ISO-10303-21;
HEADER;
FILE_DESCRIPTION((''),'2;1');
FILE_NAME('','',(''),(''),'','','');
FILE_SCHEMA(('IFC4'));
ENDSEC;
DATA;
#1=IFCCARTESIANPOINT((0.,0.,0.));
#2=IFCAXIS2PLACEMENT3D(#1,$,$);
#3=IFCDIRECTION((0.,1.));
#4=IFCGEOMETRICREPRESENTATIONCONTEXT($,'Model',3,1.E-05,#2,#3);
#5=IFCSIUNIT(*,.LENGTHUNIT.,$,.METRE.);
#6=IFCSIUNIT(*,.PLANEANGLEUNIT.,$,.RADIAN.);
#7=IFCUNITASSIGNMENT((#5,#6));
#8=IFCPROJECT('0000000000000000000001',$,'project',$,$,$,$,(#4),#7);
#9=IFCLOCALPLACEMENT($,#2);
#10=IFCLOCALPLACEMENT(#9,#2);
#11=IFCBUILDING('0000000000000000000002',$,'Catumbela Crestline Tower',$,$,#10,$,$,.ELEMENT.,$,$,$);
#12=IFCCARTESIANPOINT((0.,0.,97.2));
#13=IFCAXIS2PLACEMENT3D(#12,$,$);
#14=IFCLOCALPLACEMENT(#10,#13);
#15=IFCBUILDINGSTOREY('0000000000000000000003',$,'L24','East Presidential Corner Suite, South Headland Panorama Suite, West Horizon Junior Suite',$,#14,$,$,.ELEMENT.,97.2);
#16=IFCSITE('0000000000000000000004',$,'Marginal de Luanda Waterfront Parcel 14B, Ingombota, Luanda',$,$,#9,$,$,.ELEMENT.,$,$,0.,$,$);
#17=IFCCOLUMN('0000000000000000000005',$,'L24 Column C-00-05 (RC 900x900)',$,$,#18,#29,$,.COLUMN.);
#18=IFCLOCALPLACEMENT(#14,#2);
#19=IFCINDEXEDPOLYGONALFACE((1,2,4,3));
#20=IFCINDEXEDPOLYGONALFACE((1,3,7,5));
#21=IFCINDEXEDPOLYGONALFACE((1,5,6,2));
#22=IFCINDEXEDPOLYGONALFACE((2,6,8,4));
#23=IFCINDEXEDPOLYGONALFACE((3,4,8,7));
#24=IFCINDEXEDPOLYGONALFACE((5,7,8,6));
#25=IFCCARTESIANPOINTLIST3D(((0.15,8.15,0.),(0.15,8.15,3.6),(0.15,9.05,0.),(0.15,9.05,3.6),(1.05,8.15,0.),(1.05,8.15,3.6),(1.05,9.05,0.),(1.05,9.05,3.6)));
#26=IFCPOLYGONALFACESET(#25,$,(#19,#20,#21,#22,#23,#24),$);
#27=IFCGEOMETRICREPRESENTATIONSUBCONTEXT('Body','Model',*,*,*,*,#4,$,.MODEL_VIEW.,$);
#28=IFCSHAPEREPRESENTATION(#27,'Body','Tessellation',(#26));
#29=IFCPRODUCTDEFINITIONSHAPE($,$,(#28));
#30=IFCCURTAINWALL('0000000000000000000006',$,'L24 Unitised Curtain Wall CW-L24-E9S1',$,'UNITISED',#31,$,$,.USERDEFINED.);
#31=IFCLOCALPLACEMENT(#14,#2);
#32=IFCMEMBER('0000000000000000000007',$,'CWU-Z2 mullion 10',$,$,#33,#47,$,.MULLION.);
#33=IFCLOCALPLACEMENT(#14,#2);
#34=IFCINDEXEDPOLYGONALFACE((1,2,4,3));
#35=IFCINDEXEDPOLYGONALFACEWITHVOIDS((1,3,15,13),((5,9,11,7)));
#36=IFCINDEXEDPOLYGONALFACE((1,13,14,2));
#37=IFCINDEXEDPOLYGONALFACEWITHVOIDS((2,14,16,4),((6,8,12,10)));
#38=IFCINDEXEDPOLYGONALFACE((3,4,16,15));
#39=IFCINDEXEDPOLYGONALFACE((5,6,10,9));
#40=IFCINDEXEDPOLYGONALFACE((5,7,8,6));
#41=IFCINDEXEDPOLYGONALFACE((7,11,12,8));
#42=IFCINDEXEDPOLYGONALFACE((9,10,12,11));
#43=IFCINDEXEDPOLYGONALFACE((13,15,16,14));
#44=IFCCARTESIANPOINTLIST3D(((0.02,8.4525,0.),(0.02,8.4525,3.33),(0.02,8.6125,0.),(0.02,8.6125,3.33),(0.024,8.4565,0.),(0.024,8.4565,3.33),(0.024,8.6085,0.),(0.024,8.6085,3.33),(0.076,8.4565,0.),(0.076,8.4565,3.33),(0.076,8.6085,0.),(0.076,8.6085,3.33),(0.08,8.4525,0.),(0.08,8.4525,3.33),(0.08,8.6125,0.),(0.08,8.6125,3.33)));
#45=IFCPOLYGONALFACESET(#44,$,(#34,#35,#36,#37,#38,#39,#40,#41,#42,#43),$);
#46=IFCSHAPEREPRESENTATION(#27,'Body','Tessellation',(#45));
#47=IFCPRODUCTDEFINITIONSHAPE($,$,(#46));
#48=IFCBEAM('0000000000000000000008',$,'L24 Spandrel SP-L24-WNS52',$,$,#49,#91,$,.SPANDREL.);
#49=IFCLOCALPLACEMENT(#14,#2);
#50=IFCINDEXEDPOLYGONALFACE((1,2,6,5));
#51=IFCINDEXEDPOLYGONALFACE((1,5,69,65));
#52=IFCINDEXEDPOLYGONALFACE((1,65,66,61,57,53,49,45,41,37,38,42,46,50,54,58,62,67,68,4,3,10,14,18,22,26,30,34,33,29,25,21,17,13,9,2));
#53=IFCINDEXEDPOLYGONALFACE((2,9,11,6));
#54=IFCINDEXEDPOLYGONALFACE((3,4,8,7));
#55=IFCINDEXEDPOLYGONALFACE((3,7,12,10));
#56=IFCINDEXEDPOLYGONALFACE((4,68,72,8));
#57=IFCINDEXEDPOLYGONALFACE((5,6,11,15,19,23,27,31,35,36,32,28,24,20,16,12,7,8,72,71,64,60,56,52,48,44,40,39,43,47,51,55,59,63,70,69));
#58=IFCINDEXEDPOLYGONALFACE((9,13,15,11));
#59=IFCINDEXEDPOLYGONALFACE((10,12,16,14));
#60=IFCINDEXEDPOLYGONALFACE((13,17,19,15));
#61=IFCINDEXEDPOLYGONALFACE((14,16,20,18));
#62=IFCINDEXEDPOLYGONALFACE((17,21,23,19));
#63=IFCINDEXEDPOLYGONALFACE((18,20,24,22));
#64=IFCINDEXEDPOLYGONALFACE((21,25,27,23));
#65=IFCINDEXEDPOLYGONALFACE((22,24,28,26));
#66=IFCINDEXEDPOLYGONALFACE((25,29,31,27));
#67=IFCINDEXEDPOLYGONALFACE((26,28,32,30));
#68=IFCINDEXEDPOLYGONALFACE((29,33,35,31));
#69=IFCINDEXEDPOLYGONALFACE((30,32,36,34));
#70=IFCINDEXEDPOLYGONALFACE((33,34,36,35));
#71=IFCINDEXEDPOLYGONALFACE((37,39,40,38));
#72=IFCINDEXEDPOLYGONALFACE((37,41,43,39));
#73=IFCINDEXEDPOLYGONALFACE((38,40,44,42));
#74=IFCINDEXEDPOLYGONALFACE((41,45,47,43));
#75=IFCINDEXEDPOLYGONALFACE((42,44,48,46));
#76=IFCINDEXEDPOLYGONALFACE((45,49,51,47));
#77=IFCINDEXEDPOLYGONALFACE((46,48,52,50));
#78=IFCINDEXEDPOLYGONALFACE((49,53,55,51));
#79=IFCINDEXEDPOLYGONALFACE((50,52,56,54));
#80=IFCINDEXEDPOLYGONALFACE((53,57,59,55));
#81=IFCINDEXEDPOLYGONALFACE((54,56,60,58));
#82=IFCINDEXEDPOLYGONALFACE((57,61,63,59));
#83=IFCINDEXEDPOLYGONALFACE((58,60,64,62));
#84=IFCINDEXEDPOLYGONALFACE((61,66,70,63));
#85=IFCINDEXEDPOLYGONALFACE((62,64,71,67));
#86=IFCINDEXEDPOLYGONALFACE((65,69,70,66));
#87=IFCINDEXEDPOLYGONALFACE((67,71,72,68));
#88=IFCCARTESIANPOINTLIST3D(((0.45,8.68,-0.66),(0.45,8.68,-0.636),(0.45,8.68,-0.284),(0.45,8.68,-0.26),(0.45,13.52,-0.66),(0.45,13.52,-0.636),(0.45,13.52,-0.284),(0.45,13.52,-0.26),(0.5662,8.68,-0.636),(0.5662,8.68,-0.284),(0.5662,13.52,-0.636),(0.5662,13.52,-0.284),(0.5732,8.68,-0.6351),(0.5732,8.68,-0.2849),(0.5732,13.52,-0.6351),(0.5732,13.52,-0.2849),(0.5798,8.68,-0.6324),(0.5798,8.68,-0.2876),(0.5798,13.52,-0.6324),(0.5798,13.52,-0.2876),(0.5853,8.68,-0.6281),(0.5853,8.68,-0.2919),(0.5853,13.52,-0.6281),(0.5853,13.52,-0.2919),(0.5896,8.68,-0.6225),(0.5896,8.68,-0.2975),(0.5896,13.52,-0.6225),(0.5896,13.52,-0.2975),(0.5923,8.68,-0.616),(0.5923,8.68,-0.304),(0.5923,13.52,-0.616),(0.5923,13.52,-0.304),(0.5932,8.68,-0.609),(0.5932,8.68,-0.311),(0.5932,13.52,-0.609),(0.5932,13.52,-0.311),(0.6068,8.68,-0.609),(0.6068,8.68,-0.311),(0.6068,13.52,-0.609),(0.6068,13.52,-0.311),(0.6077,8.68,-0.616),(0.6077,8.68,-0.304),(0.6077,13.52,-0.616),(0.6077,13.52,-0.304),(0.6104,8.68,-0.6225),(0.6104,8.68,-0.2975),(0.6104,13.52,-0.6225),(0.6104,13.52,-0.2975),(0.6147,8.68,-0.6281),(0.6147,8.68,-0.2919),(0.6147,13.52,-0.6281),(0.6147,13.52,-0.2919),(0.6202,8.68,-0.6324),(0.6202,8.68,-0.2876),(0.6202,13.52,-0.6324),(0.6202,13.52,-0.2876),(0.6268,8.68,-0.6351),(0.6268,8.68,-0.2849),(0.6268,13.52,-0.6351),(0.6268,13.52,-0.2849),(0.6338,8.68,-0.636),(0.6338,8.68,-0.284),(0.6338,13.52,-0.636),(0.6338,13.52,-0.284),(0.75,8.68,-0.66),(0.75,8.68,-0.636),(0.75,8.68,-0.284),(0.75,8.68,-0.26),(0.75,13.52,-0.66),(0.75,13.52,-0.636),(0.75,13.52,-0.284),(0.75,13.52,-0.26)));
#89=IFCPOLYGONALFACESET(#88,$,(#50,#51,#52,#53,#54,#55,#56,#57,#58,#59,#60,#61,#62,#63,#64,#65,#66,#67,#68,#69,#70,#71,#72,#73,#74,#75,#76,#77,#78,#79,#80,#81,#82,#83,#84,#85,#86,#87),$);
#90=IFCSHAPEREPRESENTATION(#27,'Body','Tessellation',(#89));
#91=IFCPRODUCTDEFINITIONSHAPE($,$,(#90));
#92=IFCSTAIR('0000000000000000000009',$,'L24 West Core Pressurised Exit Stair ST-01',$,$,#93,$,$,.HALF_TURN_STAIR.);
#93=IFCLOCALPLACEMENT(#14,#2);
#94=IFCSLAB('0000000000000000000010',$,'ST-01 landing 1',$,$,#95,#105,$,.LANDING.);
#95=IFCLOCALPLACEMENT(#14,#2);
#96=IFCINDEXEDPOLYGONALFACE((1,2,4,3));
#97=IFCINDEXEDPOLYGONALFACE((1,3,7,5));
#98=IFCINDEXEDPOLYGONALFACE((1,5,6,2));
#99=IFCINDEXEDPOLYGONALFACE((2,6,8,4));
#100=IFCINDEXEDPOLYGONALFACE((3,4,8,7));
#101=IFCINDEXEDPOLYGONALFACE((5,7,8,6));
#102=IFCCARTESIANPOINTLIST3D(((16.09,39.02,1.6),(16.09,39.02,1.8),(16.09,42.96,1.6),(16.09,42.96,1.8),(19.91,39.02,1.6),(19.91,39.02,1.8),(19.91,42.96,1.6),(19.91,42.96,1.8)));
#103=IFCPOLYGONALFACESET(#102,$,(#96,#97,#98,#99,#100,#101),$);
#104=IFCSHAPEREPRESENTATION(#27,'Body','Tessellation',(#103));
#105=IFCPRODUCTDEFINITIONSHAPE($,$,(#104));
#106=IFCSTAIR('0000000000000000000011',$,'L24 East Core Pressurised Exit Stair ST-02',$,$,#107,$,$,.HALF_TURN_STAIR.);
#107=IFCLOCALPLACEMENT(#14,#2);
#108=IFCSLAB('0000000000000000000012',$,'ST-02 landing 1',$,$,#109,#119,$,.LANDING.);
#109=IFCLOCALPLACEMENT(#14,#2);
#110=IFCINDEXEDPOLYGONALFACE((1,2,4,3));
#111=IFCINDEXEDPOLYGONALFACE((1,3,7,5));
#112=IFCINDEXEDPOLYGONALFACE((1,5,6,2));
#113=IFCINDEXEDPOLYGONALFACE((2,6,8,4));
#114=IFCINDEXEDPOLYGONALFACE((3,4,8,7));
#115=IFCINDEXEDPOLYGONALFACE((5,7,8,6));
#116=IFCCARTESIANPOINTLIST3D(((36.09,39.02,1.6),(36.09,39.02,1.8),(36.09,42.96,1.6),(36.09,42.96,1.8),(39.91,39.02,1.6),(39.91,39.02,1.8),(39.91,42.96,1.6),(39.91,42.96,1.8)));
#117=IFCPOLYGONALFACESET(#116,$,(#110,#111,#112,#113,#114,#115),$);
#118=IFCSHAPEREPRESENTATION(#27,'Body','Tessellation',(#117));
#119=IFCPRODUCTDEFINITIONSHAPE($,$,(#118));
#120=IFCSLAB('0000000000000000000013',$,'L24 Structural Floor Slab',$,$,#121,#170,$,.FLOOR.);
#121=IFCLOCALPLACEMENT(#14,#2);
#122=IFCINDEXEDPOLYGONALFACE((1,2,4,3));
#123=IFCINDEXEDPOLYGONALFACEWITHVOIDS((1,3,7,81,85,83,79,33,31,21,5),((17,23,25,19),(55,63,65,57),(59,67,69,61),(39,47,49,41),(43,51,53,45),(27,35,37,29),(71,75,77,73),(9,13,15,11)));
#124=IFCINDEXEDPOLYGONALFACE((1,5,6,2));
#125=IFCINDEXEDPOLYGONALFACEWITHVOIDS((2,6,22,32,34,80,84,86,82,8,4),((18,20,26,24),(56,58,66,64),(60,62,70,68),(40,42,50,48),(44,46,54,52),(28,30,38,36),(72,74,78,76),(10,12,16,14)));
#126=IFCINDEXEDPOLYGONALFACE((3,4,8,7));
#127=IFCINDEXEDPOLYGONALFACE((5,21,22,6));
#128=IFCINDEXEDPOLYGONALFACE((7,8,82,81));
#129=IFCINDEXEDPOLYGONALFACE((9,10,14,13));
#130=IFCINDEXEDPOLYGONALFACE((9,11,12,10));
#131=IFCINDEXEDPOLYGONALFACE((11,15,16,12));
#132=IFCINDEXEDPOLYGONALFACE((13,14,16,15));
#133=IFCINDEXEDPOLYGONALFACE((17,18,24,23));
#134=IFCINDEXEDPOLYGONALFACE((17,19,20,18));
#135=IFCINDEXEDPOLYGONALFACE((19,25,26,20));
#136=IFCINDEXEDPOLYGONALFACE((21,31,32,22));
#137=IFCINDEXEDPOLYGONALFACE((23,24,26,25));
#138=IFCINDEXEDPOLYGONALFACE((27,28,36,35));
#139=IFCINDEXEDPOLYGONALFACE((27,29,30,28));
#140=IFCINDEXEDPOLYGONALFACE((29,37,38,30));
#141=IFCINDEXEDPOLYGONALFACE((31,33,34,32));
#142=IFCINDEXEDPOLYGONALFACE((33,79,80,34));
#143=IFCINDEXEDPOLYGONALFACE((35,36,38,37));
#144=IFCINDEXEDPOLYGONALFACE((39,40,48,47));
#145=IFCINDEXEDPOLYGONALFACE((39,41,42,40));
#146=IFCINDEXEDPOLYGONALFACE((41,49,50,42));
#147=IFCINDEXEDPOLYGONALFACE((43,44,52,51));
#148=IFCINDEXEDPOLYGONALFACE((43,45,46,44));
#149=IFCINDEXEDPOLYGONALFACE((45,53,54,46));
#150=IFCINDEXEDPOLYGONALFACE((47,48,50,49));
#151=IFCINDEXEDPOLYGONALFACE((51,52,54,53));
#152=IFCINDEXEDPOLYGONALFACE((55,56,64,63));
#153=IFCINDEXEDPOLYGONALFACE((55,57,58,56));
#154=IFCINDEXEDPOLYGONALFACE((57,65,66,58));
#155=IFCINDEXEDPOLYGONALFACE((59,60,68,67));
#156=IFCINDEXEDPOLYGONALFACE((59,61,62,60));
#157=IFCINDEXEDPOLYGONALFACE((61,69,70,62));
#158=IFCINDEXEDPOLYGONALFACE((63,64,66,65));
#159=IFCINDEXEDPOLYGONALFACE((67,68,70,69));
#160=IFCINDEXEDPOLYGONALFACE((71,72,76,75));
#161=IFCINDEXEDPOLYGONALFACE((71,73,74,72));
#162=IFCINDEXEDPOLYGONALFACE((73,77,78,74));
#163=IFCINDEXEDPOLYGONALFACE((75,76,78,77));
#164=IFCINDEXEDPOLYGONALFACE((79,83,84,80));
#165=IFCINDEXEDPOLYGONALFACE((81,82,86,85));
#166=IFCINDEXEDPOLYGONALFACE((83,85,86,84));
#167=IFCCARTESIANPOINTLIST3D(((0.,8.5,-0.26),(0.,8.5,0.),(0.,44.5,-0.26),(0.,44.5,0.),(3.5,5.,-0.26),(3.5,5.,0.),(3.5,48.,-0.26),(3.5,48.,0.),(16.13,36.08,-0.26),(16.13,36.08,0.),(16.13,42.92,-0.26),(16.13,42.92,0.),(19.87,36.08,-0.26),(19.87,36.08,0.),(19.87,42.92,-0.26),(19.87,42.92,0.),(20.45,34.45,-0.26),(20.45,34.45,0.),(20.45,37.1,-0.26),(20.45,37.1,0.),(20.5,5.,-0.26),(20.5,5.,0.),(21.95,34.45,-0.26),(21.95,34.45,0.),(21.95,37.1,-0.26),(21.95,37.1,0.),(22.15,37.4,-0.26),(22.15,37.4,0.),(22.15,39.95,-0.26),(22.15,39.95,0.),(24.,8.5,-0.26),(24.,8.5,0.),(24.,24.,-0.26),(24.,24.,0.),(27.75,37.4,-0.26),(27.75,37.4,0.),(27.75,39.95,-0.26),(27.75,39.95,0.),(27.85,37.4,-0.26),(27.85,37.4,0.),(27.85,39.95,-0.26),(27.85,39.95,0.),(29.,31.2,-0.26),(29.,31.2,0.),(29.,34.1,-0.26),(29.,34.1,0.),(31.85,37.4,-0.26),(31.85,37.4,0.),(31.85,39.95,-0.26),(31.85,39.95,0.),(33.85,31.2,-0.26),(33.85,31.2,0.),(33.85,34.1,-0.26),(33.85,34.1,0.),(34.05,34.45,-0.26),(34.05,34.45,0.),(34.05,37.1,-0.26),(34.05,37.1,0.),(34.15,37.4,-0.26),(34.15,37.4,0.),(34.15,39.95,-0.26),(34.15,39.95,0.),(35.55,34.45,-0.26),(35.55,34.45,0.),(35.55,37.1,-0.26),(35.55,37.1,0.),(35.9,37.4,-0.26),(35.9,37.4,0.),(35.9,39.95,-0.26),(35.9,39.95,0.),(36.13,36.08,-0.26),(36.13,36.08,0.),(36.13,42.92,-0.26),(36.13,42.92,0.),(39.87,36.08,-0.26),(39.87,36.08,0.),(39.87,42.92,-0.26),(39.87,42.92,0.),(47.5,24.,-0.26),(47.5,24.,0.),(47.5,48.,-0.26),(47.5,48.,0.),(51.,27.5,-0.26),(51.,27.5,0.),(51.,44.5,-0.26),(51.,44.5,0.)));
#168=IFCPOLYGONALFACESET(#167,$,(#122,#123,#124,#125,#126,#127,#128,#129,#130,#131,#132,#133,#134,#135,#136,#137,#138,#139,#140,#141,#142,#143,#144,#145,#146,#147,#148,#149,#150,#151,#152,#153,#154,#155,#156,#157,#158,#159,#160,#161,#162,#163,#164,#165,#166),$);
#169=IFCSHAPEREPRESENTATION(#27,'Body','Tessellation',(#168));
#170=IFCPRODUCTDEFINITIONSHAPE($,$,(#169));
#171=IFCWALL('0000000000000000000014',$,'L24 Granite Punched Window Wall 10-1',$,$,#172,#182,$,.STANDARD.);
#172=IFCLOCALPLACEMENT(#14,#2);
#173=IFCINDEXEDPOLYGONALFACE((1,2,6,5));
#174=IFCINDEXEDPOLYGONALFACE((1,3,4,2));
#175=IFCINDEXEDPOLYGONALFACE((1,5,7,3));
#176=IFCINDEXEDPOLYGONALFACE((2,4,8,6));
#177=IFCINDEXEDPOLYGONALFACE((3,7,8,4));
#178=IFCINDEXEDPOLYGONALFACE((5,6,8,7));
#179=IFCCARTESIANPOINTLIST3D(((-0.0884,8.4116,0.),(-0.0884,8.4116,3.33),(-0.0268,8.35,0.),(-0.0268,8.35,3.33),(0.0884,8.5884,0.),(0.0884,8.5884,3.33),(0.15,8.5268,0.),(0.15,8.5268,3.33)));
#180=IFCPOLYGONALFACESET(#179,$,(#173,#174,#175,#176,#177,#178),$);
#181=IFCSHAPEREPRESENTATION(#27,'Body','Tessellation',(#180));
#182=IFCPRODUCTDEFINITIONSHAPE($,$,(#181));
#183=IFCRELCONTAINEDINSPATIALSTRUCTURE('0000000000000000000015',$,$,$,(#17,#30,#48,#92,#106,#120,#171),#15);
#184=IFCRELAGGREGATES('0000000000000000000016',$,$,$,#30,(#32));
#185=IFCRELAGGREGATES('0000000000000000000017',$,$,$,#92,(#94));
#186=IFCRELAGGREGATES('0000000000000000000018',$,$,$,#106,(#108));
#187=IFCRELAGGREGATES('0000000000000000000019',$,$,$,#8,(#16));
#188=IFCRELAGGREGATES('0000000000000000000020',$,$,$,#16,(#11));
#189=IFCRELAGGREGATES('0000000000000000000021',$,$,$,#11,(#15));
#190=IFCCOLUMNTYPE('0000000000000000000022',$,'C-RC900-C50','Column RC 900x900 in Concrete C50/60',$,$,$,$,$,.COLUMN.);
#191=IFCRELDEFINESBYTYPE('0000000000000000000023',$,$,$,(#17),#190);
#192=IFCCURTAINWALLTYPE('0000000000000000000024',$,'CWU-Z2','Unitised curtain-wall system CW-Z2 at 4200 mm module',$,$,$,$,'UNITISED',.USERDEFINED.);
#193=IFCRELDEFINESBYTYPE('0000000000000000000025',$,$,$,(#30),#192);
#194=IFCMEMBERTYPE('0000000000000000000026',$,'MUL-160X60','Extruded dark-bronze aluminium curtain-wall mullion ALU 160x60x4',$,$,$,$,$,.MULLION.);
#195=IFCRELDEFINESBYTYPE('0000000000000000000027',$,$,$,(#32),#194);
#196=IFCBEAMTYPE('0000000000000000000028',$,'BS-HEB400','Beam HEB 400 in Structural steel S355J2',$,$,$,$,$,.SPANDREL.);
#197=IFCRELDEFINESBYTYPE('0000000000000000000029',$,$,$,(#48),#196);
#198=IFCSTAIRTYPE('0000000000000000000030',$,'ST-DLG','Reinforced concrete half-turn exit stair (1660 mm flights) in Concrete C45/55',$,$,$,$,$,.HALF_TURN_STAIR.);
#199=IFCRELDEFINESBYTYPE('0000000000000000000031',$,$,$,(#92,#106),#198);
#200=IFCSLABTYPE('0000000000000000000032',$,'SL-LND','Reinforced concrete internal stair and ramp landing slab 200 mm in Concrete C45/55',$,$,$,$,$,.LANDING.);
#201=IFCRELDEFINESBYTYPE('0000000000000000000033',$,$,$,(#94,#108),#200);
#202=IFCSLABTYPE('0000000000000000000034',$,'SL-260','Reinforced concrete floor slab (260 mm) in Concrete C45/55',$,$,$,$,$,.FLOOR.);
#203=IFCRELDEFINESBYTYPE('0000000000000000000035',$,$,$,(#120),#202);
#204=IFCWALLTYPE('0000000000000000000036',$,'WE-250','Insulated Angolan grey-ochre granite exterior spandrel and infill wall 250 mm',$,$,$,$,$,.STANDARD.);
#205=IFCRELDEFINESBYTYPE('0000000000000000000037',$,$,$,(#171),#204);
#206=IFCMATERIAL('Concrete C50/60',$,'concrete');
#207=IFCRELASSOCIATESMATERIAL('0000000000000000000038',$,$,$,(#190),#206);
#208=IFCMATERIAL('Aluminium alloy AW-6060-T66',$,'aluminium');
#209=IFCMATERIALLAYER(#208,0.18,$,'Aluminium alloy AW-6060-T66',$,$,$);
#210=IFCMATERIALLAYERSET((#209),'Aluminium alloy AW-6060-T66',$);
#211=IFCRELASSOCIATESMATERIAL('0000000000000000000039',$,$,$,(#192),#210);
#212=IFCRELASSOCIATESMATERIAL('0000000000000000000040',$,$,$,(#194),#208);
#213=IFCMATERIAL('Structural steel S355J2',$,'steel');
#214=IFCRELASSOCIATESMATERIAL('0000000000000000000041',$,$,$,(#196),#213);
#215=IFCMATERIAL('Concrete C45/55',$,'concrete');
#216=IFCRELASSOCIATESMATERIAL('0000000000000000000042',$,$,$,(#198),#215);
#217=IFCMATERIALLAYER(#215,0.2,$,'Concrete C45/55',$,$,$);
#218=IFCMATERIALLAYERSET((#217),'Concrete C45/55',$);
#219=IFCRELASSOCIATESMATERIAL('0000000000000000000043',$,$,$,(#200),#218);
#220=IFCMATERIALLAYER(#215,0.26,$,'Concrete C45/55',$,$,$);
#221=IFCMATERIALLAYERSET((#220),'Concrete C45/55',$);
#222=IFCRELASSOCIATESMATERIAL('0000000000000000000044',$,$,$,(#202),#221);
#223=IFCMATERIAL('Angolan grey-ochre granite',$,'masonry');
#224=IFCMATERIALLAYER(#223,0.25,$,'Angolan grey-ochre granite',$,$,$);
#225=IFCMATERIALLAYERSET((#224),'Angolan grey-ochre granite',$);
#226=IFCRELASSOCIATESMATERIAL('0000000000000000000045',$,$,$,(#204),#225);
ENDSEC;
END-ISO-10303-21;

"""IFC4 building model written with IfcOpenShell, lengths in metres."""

from ifc_helpers import new_model, si_unit, direction, frame, frame_2d, origin, origin_2d, place, context, subcontext, project, spatial, polyline, rectangle, hollow_rectangle, i_section, outline, extrude, material, layer, layer_set, material_profile, profile_set, type_object, element, aggregate, save


model = new_model("IFC4")

# Units and contexts
model_context = context("Model", 3, precision=1e-05, world=origin(), true_north=direction((0.0, 1.0)))
body_context = subcontext(model_context, "Body", "Model", "MODEL_VIEW")
ifc_project = project(units=[si_unit("LENGTHUNIT", "METRE"), si_unit("PLANEANGLEUNIT", "RADIAN")], contexts=[model_context])

# Site, building, storey
site_placement = place(None, origin())
site = spatial("IfcSite", under=ifc_project, at=site_placement, Name="Marginal de Luanda Waterfront Parcel 14B, Ingombota, Luanda", CompositionType="ELEMENT", RefElevation=0.0)
building_placement = place(site_placement, origin())
building = spatial("IfcBuilding", under=site, at=building_placement, Name="Catumbela Crestline Tower", CompositionType="ELEMENT")
storey_placement = place(building_placement, frame((0.0, 0.0, 97.2)))
storey = spatial("IfcBuildingStorey", under=building, at=storey_placement, Name="L24", Description="East Presidential Corner Suite, South Headland Panorama Suite, West Horizon Junior Suite", CompositionType="ELEMENT", Elevation=97.2)

# Column
ifc_material_1 = material(Name="Concrete C50/60", Category="concrete")
ifc_material_profile_1 = material_profile(ifc_material_1, rectangle(XDim=0.9, YDim=0.9, at=origin_2d()), Name="RC 900x900")
ifc_profile_set_1 = profile_set([ifc_material_profile_1], Name="Concrete C50/60")
column_type = type_object("IfcColumnType", Name="C-RC900-C50", Description="Column RC 900x900 in Concrete C50/60", PredefinedType="COLUMN", material=ifc_profile_set_1)
column_placement = place(storey_placement, frame((0.6, 8.6, 0.0), z_axis=(0.0, 0.0, 1.0), x_axis=(1.0, 0.0, 0.0)))
element("IfcColumn", 1, at=column_placement, inside=storey, type_object=column_type, Name="L24 Column C-00-05 (RC 900x900)", PredefinedType="COLUMN", context=body_context, shape_type="SweptSolid", body=[
    extrude(rectangle(XDim=0.9, YDim=0.9, at=origin_2d()), origin(), (0.0, 0.0, 1.0), 3.6),
])

# Curtain wall, member
ifc_material_2 = material(Name="Aluminium alloy AW-6060-T66", Category="aluminium")
ifc_layer_1 = layer(ifc_material_2, 0.18, Name="Aluminium alloy AW-6060-T66")
ifc_layer_set_1 = layer_set([ifc_layer_1], Name="Aluminium alloy AW-6060-T66")
curtain_wall_type = type_object("IfcCurtainWallType", Name="CWU-Z2", Description="Unitised curtain-wall system CW-Z2 at 4200 mm module", ElementType="UNITISED", PredefinedType="USERDEFINED", material=ifc_layer_set_1)
curtain_wall_placement = place(storey_placement, origin())
curtain_wall = element("IfcCurtainWall", 2, at=curtain_wall_placement, inside=storey, type_object=curtain_wall_type, Name="L24 Unitised Curtain Wall CW-L24-E9S1", ObjectType="UNITISED", PredefinedType="USERDEFINED")
ifc_material_profile_2 = material_profile(ifc_material_2, hollow_rectangle(XDim=0.06, YDim=0.16, WallThickness=0.004, at=origin_2d()), Name="ALU 160x60x4")
ifc_profile_set_2 = profile_set([ifc_material_profile_2], Name="Aluminium alloy AW-6060-T66")
member_type = type_object("IfcMemberType", Name="MUL-160X60", Description="Extruded dark-bronze aluminium curtain-wall mullion ALU 160x60x4", PredefinedType="MULLION", material=ifc_profile_set_2)
member_placement = place(storey_placement, frame((0.05, 8.5325, 0.0), z_axis=(0.0, 0.0, 1.0), x_axis=(1.0, 0.0, 0.0)))
member = element("IfcMember", 3, at=member_placement, type_object=member_type, Name="CWU-Z2 mullion 10", PredefinedType="MULLION", context=body_context, shape_type="SweptSolid", body=[
    extrude(hollow_rectangle(XDim=0.06, YDim=0.16, WallThickness=0.004, at=origin_2d()), origin(), (0.0, 0.0, 1.0), 3.33),
])
aggregate(curtain_wall, [member])

# Beam
ifc_material_3 = material(Name="Structural steel S355J2", Category="steel")
ifc_material_profile_3 = material_profile(ifc_material_3, i_section(OverallWidth=0.3, OverallDepth=0.4, WebThickness=0.0135, FlangeThickness=0.024, FilletRadius=0.027, at=origin_2d()), Name="HEB 400")
ifc_profile_set_3 = profile_set([ifc_material_profile_3], Name="Structural steel S355J2")
beam_type = type_object("IfcBeamType", Name="BS-HEB400", Description="Beam HEB 400 in Structural steel S355J2", PredefinedType="SPANDREL", material=ifc_profile_set_3)
beam_placement = place(storey_placement, frame((0.6, 8.68, -0.46), z_axis=(0.0, 1.0, 0.0), x_axis=(-1.0, 0.0, 0.0)))
element("IfcBeam", 4, at=beam_placement, inside=storey, type_object=beam_type, Name="L24 Spandrel SP-L24-WNS52", PredefinedType="SPANDREL", context=body_context, shape_type="SweptSolid", body=[
    extrude(i_section(OverallWidth=0.3, OverallDepth=0.4, WebThickness=0.0135, FlangeThickness=0.024, FilletRadius=0.027, at=origin_2d()), origin(), (0.0, 0.0, 1.0), 4.84),
])

# Stairs, slabs
ifc_material_4 = material(Name="Concrete C45/55", Category="concrete")
stair_type = type_object("IfcStairType", Name="ST-DLG", Description="Reinforced concrete half-turn exit stair (1660 mm flights) in Concrete C45/55", PredefinedType="HALF_TURN_STAIR", material=ifc_material_4)
stair_1_placement = place(storey_placement, origin())
stair_1 = element("IfcStair", 5, at=stair_1_placement, inside=storey, type_object=stair_type, Name="L24 West Core Pressurised Exit Stair ST-01", PredefinedType="HALF_TURN_STAIR")
ifc_layer_2 = layer(ifc_material_4, 0.2, Name="Concrete C45/55")
ifc_layer_set_2 = layer_set([ifc_layer_2], Name="Concrete C45/55")
slab_type_1 = type_object("IfcSlabType", Name="SL-LND", Description="Reinforced concrete internal stair and ramp landing slab 200 mm in Concrete C45/55", PredefinedType="LANDING", material=ifc_layer_set_2)
slab_1_placement = place(storey_placement, frame((0.0, 0.0, 1.6)))
slab_1 = element("IfcSlab", 6, at=slab_1_placement, type_object=slab_type_1, Name="ST-01 landing 1", PredefinedType="LANDING", context=body_context, shape_type="SweptSolid", body=[
    extrude(outline(polyline([(19.91, 39.02), (19.91, 42.96), (16.09, 42.96), (16.09, 39.02), (19.91, 39.02)])), origin(), (0.0, 0.0, 1.0), 0.2),
])
aggregate(stair_1, [slab_1])
stair_2_placement = place(storey_placement, origin())
stair_2 = element("IfcStair", 7, at=stair_2_placement, inside=storey, type_object=stair_type, Name="L24 East Core Pressurised Exit Stair ST-02", PredefinedType="HALF_TURN_STAIR")
slab_2_placement = place(storey_placement, frame((0.0, 0.0, 1.6)))
slab_2 = element("IfcSlab", 8, at=slab_2_placement, type_object=slab_type_1, Name="ST-02 landing 1", PredefinedType="LANDING", context=body_context, shape_type="SweptSolid", body=[
    extrude(outline(polyline([(39.91, 39.02), (39.91, 42.96), (36.09, 42.96), (36.09, 39.02), (39.91, 39.02)])), origin(), (0.0, 0.0, 1.0), 0.2),
])
aggregate(stair_2, [slab_2])

# Slab
ifc_layer_3 = layer(ifc_material_4, 0.26, Name="Concrete C45/55")
ifc_layer_set_3 = layer_set([ifc_layer_3], Name="Concrete C45/55")
slab_type_2 = type_object("IfcSlabType", Name="SL-260", Description="Reinforced concrete floor slab (260 mm) in Concrete C45/55", PredefinedType="FLOOR", material=ifc_layer_set_3)
slab_3_placement = place(storey_placement, frame((0.0, 0.0, -0.26)))
element("IfcSlab", 9, at=slab_3_placement, inside=storey, type_object=slab_type_2, Name="L24 Structural Floor Slab", PredefinedType="FLOOR", context=body_context, shape_type="SweptSolid", body=[
    extrude(outline(polyline([(3.5, 5.0), (20.5, 5.0), (24.0, 8.5), (24.0, 24.0), (47.5, 24.0), (51.0, 27.5), (51.0, 44.5), (47.5, 48.0), (3.5, 48.0), (0.0, 44.5), (0.0, 8.5), (3.5, 5.0)]), holes=[polyline([(16.13, 36.08), (19.87, 36.08), (19.87, 42.92), (16.13, 42.92), (16.13, 36.08)]), polyline([(36.13, 36.08), (39.87, 36.08), (39.87, 42.92), (36.13, 42.92), (36.13, 36.08)]), polyline([(29.0, 31.2), (33.85, 31.2), (33.85, 34.1), (29.0, 34.1), (29.0, 31.2)]), polyline([(22.15, 37.4), (27.75, 37.4), (27.75, 39.95), (22.15, 39.95), (22.15, 37.4)]), polyline([(27.85, 37.4), (31.85, 37.4), (31.85, 39.95), (27.85, 39.95), (27.85, 37.4)]), polyline([(20.45, 34.45), (21.95, 34.45), (21.95, 37.1), (20.45, 37.1), (20.45, 34.45)]), polyline([(34.05, 34.45), (35.55, 34.45), (35.55, 37.1), (34.05, 37.1), (34.05, 34.45)]), polyline([(34.15, 37.4), (35.9, 37.4), (35.9, 39.95), (34.15, 39.95), (34.15, 37.4)])]), origin(), (0.0, 0.0, 1.0), 0.26),
])

# Wall
ifc_material_5 = material(Name="Angolan grey-ochre granite", Category="masonry")
ifc_layer_4 = layer(ifc_material_5, 0.25, Name="Angolan grey-ochre granite")
ifc_layer_set_4 = layer_set([ifc_layer_4], Name="Angolan grey-ochre granite")
wall_type = type_object("IfcWallType", Name="WE-250", Description="Insulated Angolan grey-ochre granite exterior spandrel and infill wall 250 mm", PredefinedType="STANDARD", material=ifc_layer_set_4)
wall_1_placement = place(storey_placement, frame((0.0, 8.5, 0.0), z_axis=(0.0, 0.0, 1.0), x_axis=(0.707107, -0.707107, 0.0)))
element("IfcWall", 10, at=wall_1_placement, inside=storey, type_object=wall_type, Name="L24 Granite Punched Window Wall 10-1", PredefinedType="STANDARD", context=body_context, shape_type="SweptSolid", body=[
    extrude(rectangle(XDim=0.0871, YDim=0.25, at=frame_2d((0.0436, 0.0))), origin(), (0.0, 0.0, 1.0), 3.33),
])

save(model, "model.ifc")
